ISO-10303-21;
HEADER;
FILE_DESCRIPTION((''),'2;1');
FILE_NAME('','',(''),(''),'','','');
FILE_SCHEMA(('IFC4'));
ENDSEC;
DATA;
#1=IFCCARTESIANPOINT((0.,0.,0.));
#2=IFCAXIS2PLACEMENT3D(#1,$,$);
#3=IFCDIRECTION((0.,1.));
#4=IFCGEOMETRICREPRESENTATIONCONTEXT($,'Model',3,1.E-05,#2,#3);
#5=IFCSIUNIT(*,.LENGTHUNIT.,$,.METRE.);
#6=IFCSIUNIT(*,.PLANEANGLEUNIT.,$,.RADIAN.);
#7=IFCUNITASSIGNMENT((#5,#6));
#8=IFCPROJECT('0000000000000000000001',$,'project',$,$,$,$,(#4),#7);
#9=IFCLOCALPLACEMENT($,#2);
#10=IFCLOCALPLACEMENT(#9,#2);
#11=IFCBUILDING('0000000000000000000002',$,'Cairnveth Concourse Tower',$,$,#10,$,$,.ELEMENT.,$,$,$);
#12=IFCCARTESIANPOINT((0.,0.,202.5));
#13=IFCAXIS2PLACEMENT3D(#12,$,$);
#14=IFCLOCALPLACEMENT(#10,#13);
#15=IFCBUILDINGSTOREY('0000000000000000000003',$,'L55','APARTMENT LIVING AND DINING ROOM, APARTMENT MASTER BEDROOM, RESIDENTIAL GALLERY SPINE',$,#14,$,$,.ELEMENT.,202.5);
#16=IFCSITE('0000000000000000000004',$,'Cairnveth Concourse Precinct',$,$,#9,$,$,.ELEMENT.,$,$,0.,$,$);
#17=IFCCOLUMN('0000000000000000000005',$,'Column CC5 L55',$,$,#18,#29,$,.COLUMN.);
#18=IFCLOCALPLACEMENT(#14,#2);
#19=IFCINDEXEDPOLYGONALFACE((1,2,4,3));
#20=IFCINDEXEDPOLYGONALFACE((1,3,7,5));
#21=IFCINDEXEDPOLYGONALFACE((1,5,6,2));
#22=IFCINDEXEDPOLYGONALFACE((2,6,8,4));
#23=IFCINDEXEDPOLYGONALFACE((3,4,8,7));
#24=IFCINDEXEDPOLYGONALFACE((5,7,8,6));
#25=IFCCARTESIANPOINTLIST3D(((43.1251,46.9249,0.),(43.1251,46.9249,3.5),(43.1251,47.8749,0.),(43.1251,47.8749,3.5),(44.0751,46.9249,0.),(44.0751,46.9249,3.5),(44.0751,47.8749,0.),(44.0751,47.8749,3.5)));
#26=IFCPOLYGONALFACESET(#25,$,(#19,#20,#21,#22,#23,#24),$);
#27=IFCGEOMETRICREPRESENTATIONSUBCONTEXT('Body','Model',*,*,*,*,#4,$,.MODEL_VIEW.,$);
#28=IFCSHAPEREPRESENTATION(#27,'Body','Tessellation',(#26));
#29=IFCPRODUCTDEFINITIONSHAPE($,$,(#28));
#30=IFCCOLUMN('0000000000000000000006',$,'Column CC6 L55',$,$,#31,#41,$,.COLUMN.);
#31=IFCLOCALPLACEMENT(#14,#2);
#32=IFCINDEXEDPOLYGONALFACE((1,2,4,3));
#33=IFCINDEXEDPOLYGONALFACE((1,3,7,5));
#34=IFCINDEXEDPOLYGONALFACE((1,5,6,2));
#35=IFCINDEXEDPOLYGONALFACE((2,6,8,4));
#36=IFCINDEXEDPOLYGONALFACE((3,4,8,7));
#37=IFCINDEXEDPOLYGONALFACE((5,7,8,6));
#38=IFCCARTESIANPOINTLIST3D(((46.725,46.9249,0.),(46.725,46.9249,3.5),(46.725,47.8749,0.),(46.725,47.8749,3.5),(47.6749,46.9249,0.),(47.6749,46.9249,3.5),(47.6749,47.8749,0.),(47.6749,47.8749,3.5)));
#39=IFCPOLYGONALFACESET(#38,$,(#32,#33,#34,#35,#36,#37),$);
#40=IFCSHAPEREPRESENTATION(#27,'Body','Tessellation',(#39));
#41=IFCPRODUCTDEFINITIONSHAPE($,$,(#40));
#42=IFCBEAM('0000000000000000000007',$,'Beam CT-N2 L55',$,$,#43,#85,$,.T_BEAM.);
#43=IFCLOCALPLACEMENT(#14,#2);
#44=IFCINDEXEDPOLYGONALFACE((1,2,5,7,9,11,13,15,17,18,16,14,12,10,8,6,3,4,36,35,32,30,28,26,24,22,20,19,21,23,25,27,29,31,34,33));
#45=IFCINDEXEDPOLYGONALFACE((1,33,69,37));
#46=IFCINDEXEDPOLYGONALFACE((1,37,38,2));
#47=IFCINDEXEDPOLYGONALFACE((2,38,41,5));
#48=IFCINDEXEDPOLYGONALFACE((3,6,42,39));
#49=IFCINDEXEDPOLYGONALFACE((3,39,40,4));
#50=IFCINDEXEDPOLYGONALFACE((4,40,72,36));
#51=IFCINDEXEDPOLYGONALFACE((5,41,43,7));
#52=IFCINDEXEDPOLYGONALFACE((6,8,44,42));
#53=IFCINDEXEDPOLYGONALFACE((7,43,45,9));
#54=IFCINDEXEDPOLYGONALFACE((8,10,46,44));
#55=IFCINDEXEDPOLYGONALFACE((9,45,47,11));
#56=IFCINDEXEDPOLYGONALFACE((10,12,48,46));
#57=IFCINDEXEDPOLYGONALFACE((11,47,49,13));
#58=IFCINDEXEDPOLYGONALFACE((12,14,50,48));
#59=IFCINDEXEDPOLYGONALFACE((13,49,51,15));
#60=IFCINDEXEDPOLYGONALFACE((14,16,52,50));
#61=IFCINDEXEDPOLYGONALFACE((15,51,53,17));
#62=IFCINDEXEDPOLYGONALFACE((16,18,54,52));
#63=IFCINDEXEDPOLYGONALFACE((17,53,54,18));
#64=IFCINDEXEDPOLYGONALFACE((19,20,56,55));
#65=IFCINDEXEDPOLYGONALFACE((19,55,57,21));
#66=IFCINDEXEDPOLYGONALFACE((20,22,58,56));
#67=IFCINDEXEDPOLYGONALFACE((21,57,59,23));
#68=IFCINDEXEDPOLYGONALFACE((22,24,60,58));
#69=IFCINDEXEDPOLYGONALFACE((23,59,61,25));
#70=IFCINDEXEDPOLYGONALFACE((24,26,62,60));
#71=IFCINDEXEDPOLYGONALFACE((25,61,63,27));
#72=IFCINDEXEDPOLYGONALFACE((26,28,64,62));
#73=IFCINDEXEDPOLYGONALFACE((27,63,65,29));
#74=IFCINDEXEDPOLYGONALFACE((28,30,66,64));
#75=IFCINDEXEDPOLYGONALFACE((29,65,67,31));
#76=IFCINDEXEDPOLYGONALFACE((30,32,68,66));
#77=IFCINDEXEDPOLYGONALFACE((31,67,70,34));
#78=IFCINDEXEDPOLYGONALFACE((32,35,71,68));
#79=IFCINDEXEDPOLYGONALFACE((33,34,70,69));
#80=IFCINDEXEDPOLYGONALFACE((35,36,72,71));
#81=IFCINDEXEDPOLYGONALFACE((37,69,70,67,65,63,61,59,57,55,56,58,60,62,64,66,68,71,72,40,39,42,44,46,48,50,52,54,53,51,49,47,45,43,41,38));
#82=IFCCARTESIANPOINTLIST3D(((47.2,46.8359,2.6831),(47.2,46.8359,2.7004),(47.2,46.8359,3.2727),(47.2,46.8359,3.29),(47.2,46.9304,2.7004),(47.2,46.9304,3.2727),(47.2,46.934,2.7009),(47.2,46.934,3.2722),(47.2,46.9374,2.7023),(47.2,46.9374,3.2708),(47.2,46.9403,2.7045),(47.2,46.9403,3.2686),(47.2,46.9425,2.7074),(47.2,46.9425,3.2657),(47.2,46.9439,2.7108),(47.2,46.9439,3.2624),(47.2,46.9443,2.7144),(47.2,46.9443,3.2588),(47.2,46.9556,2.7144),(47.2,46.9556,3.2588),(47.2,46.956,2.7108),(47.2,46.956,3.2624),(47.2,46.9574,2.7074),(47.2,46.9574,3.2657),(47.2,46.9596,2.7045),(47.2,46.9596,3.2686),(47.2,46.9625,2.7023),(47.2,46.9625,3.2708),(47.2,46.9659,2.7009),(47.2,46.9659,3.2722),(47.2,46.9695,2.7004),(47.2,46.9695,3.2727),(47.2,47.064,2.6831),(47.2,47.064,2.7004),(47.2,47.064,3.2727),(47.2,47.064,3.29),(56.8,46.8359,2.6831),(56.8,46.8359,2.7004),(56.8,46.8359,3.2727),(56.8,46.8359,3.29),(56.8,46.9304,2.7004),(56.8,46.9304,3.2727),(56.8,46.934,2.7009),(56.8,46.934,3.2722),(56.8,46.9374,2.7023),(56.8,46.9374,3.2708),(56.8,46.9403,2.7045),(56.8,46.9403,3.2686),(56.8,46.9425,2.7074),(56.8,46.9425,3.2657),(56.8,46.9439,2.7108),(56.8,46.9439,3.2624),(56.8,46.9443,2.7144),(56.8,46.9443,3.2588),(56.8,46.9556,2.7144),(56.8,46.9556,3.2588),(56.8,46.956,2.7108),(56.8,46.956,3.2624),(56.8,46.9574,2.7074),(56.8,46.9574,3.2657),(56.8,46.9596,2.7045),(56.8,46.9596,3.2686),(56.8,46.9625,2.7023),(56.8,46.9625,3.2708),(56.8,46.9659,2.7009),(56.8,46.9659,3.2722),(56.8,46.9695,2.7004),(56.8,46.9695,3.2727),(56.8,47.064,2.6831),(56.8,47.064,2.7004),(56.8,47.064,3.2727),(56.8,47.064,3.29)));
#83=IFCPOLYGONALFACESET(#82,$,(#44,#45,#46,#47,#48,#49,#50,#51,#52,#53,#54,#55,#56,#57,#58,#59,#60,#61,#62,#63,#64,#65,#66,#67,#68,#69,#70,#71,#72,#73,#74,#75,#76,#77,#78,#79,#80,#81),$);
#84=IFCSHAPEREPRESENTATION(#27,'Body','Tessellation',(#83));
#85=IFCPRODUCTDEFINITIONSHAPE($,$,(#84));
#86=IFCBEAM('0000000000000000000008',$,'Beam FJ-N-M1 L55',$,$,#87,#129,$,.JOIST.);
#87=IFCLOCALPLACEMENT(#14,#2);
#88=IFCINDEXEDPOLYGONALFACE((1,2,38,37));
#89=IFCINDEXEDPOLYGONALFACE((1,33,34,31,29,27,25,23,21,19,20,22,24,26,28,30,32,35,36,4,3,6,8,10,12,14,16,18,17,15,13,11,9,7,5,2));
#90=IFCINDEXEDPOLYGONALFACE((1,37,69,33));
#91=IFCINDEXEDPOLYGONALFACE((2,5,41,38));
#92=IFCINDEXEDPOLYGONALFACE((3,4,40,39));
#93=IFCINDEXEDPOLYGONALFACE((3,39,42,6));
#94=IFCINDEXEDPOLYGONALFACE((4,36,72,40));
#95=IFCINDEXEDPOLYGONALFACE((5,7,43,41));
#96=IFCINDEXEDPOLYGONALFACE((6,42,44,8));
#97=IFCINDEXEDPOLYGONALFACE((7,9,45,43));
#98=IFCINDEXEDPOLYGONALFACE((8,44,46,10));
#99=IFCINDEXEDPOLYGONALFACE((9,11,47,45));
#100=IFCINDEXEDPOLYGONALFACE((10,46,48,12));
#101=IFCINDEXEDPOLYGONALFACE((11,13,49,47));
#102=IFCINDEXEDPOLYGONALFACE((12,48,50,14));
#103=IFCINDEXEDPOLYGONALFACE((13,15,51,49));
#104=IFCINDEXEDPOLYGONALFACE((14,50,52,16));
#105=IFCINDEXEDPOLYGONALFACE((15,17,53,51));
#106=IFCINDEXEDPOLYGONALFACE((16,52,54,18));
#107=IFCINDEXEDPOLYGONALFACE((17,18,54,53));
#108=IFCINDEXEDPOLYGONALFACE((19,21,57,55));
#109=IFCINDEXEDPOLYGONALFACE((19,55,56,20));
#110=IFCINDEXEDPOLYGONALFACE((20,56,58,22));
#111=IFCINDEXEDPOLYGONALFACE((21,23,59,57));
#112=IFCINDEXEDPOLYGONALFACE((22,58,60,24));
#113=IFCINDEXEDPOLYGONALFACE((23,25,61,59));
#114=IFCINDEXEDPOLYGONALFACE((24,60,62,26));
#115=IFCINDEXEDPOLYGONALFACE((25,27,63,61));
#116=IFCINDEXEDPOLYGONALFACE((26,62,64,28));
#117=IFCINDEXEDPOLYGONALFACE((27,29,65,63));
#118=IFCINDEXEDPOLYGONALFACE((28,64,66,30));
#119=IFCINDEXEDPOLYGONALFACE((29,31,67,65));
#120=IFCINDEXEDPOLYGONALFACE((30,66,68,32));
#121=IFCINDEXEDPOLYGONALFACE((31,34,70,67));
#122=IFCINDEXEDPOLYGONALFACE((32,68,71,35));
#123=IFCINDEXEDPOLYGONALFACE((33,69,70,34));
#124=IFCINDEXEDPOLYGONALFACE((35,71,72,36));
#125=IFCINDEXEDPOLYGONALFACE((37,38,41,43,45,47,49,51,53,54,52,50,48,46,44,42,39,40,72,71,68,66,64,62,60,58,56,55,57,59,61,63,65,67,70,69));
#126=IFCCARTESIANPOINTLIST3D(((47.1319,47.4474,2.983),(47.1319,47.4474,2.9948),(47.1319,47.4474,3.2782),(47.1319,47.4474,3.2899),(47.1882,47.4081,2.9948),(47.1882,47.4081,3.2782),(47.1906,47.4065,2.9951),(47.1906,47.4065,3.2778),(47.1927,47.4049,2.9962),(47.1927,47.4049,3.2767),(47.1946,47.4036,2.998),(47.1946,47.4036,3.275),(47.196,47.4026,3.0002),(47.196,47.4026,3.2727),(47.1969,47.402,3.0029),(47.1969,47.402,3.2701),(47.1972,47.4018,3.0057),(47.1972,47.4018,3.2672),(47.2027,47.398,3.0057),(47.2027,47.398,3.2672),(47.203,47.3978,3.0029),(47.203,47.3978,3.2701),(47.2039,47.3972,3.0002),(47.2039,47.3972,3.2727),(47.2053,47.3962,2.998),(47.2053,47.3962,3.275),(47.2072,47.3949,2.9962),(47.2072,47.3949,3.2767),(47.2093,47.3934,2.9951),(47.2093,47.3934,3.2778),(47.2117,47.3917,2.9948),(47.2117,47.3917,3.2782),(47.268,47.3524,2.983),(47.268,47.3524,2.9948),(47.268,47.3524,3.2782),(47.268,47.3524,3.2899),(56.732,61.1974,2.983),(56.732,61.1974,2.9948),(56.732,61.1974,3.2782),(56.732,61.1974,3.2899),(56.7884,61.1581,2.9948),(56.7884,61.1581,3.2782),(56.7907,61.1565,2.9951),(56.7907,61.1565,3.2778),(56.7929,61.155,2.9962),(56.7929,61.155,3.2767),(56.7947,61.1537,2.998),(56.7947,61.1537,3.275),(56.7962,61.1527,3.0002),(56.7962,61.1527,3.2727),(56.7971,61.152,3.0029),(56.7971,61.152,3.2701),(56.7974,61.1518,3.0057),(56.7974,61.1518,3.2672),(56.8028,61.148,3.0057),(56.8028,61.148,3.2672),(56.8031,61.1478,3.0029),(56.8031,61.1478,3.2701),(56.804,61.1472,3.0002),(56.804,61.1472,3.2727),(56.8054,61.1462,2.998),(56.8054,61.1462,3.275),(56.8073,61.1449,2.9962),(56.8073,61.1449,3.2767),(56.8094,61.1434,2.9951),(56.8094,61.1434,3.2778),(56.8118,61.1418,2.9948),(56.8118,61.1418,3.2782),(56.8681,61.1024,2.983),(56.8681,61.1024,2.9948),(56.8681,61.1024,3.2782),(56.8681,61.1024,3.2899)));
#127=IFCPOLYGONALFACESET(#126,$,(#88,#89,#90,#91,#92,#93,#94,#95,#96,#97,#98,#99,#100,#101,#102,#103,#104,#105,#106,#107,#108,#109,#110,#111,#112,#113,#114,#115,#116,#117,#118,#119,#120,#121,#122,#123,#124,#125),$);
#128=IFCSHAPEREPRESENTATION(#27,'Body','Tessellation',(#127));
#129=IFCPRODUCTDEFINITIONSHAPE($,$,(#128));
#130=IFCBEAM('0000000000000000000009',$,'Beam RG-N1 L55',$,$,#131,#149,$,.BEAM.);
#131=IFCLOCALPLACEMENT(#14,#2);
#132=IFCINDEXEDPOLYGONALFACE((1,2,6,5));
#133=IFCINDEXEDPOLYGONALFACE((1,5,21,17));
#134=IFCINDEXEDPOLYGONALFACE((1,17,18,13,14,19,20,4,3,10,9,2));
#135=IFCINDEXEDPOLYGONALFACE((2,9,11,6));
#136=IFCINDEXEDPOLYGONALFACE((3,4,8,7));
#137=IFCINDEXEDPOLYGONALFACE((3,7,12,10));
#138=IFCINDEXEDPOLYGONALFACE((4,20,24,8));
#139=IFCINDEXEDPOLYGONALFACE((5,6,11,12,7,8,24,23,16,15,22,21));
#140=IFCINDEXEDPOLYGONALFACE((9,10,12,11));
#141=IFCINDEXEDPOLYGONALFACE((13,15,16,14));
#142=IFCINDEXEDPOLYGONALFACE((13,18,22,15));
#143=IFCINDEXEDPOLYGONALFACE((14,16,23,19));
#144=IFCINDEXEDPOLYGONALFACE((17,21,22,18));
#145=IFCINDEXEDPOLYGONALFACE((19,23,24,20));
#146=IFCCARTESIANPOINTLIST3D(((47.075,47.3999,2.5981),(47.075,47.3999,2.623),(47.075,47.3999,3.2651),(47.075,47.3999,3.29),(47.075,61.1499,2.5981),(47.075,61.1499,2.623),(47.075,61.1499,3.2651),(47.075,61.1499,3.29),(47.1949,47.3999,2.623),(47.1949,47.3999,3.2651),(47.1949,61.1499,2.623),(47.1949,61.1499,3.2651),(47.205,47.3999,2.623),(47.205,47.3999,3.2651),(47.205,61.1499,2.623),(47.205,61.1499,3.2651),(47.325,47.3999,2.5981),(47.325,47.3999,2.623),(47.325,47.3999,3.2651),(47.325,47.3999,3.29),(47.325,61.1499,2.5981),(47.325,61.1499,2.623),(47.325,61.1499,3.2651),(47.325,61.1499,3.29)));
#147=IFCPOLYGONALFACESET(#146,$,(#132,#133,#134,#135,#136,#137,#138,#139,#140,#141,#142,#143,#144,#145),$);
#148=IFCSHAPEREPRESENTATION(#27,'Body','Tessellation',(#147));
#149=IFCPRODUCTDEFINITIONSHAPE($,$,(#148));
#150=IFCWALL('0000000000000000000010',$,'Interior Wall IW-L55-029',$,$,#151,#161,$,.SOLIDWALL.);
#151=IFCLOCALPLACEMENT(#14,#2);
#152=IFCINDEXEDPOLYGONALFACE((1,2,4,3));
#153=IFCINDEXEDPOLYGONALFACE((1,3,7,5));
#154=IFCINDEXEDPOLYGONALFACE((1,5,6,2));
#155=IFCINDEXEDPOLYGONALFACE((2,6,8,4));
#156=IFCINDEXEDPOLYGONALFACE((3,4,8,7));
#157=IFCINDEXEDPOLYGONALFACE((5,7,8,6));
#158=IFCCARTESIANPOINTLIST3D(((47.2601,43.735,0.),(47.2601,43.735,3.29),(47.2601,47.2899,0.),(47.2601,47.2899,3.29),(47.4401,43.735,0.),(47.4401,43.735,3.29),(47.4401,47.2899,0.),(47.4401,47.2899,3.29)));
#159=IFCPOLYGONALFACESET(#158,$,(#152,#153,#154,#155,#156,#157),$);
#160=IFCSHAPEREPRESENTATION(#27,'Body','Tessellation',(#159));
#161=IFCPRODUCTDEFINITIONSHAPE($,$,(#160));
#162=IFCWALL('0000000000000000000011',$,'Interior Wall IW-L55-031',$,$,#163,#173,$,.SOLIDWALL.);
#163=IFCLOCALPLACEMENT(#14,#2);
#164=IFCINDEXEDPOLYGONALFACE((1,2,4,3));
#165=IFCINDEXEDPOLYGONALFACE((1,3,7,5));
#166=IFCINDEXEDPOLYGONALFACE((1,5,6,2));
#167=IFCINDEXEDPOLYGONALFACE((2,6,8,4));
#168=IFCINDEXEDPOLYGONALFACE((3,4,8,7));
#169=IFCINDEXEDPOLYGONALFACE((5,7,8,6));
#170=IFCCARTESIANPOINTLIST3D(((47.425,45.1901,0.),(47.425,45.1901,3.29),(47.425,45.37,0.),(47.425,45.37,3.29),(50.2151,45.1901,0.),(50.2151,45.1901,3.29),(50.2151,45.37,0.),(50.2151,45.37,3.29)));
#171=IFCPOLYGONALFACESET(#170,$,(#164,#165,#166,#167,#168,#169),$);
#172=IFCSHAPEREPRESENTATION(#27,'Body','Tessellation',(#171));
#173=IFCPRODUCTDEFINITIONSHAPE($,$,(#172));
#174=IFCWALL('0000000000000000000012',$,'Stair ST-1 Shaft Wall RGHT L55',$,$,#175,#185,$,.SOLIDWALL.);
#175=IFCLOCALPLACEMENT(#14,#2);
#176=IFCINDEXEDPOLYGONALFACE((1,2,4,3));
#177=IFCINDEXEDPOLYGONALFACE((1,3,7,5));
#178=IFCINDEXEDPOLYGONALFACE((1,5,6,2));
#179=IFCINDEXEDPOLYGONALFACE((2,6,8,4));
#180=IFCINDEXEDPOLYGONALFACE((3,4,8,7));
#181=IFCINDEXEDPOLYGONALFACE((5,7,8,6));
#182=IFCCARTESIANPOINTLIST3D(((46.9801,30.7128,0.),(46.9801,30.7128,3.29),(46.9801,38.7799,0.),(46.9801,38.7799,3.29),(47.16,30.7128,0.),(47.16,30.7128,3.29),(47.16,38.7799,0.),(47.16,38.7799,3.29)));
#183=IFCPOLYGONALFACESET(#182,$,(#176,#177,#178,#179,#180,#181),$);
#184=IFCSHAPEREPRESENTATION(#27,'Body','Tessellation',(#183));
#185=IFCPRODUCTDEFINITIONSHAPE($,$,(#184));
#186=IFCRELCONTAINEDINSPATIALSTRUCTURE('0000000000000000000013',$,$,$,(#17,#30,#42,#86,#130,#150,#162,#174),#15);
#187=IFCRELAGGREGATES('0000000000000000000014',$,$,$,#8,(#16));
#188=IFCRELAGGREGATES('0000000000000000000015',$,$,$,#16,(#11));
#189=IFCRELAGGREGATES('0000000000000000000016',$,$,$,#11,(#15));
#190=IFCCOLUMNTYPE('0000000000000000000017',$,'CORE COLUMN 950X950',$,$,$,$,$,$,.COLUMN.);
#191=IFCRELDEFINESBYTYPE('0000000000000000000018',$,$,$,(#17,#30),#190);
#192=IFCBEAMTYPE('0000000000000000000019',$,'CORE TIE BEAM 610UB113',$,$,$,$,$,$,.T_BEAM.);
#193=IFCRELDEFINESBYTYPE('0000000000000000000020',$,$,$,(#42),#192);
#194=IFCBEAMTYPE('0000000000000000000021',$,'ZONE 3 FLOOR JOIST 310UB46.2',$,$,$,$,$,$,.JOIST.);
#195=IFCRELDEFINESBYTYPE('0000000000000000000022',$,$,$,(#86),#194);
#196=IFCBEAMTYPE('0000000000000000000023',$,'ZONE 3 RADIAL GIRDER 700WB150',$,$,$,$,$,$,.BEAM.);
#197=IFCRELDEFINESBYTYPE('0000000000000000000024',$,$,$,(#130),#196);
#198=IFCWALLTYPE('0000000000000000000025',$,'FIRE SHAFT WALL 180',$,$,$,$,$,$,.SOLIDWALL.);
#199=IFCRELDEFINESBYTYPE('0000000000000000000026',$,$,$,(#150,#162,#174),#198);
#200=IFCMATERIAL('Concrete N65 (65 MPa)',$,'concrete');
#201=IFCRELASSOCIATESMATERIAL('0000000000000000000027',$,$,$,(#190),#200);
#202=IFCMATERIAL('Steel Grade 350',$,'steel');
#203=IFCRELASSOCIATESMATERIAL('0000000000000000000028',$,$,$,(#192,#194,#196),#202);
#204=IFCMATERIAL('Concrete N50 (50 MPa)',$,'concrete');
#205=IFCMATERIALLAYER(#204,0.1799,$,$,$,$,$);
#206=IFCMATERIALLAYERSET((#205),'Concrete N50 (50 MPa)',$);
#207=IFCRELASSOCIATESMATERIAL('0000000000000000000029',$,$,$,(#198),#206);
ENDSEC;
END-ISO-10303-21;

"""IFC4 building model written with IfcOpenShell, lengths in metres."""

from ifc_helpers import new_model, si_unit, direction, frame, frame_2d, origin, origin_2d, place, context, subcontext, project, spatial, rectangle, i_section, extrude, material, layer, layer_set, material_profile, profile_set, type_object, element, save


model = new_model("IFC4")

# Units and contexts
model_context = context("Model", 3, precision=1e-05, world=origin(), true_north=direction((0.0, 1.0)))
body_context = subcontext(model_context, "Body", "Model", "MODEL_VIEW")
ifc_project = project(units=[si_unit("LENGTHUNIT", "METRE"), si_unit("PLANEANGLEUNIT", "RADIAN")], contexts=[model_context])

# Site, building, storey
site_placement = place(None, origin())
site = spatial("IfcSite", under=ifc_project, at=site_placement, Name="Cairnveth Concourse Precinct", CompositionType="ELEMENT", RefElevation=0.0)
building_placement = place(site_placement, origin())
building = spatial("IfcBuilding", under=site, at=building_placement, Name="Cairnveth Concourse Tower", CompositionType="ELEMENT")
storey_placement = place(building_placement, frame((0.0, 0.0, 202.5)))
storey = spatial("IfcBuildingStorey", under=building, at=storey_placement, Name="L55", Description="APARTMENT LIVING AND DINING ROOM, APARTMENT MASTER BEDROOM, RESIDENTIAL GALLERY SPINE", CompositionType="ELEMENT", Elevation=202.5)

# Columns
ifc_material_1 = material(Name="Concrete N65 (65 MPa)", Category="concrete")
ifc_material_profile_1 = material_profile(ifc_material_1, rectangle(XDim=0.95, YDim=0.95, at=origin_2d()), Name="RC-COL-950x950")
ifc_profile_set_1 = profile_set([ifc_material_profile_1], Name="Concrete N65 (65 MPa)")
column_type = type_object("IfcColumnType", Name="CORE COLUMN 950X950", PredefinedType="COLUMN", material=ifc_profile_set_1)
for number, where, z_axis, x_axis, name in (
    (1, (43.6001, 47.3999, 0.0), (0.0, 0.0, 1.0), (1.0, 0.0, 0.0), "Column CC5 L55"),
    (2, (47.2, 47.3999, 0.0), (0.0, 0.0, 1.0), (1.0, 0.0, 0.0), "Column CC6 L55"),
):
    element("IfcColumn", number, at=place(storey_placement, frame(where, z_axis=z_axis, x_axis=x_axis)), inside=storey, type_object=column_type, Name=name, PredefinedType="COLUMN", context=body_context, shape_type="SweptSolid", body=[
        extrude(rectangle(XDim=0.95, YDim=0.95, at=origin_2d()), origin(), (0.0, 0.0, 1.0), 3.5),
    ])

# Beams
ifc_material_2 = material(Name="Steel Grade 350", Category="steel")
ifc_material_profile_2 = material_profile(ifc_material_2, i_section(OverallWidth=0.228, OverallDepth=0.6069, WebThickness=0.0112, FlangeThickness=0.0173, FilletRadius=0.0139, at=origin_2d()), Name="610UB113")
ifc_profile_set_2 = profile_set([ifc_material_profile_2], Name="Steel Grade 350")
beam_type_1 = type_object("IfcBeamType", Name="CORE TIE BEAM 610UB113", PredefinedType="T_BEAM", material=ifc_profile_set_2)
beam_1_placement = place(storey_placement, frame((47.2, 46.95, 2.9866), z_axis=(1.0, 0.0, 0.0), x_axis=(0.0, 1.0, 0.0)))
element("IfcBeam", 3, at=beam_1_placement, inside=storey, type_object=beam_type_1, Name="Beam CT-N2 L55", PredefinedType="T_BEAM", context=body_context, shape_type="SweptSolid", body=[
    extrude(i_section(OverallWidth=0.228, OverallDepth=0.6069, WebThickness=0.0112, FlangeThickness=0.0173, FilletRadius=0.0139, at=origin_2d()), origin(), (0.0, 0.0, 1.0), 9.6001),
])
ifc_material_profile_3 = material_profile(ifc_material_2, i_section(OverallWidth=0.166, OverallDepth=0.3069, WebThickness=0.0066, FlangeThickness=0.0117, FilletRadius=0.011, at=origin_2d()), Name="310UB46.2")
ifc_profile_set_3 = profile_set([ifc_material_profile_3], Name="Steel Grade 350")
beam_type_2 = type_object("IfcBeamType", Name="ZONE 3 FLOOR JOIST 310UB46.2", PredefinedType="JOIST", material=ifc_profile_set_3)
beam_2_placement = place(storey_placement, frame((47.2, 47.3999, 3.1365), z_axis=(0.572465, 0.819929, 0.0), x_axis=(-0.819929, 0.572465, 0.0)))
element("IfcBeam", 4, at=beam_2_placement, inside=storey, type_object=beam_type_2, Name="Beam FJ-N-M1 L55", PredefinedType="JOIST", context=body_context, shape_type="SweptSolid", body=[
    extrude(i_section(OverallWidth=0.166, OverallDepth=0.3069, WebThickness=0.0066, FlangeThickness=0.0117, FilletRadius=0.011, at=origin_2d()), origin(), (0.0, 0.0, 1.0), 16.7698),
])
ifc_material_profile_4 = material_profile(ifc_material_2, i_section(OverallWidth=0.25, OverallDepth=0.6919, WebThickness=0.01, FlangeThickness=0.0249, at=origin_2d()), Name="700WB150")
ifc_profile_set_4 = profile_set([ifc_material_profile_4], Name="Steel Grade 350")
beam_type_3 = type_object("IfcBeamType", Name="ZONE 3 RADIAL GIRDER 700WB150", PredefinedType="BEAM", material=ifc_profile_set_4)
beam_3_placement = place(storey_placement, frame((47.2, 47.3999, 2.9441), z_axis=(0.0, 1.0, 0.0), x_axis=(-1.0, 0.0, 0.0)))
element("IfcBeam", 5, at=beam_3_placement, inside=storey, type_object=beam_type_3, Name="Beam RG-N1 L55", PredefinedType="BEAM", context=body_context, shape_type="SweptSolid", body=[
    extrude(i_section(OverallWidth=0.25, OverallDepth=0.6919, WebThickness=0.01, FlangeThickness=0.0249, at=origin_2d()), origin(), (0.0, 0.0, 1.0), 13.75),
])

# Walls
ifc_material_3 = material(Name="Concrete N50 (50 MPa)", Category="concrete")
ifc_layer_1 = layer(ifc_material_3, 0.1799)
ifc_layer_set_1 = layer_set([ifc_layer_1], Name="Concrete N50 (50 MPa)")
wall_type_1 = type_object("IfcWallType", Name="FIRE SHAFT WALL 180", PredefinedType="SOLIDWALL", material=ifc_layer_set_1)
wall_1_placement = place(storey_placement, frame((47.3501, 43.7351, 0.0), z_axis=(0.0, 0.0, 1.0), x_axis=(0.0, 1.0, 0.0)))
element("IfcWall", 6, at=wall_1_placement, inside=storey, type_object=wall_type_1, Name="Interior Wall IW-L55-029", PredefinedType="SOLIDWALL", context=body_context, shape_type="SweptSolid", body=[
    extrude(rectangle(XDim=3.5549, YDim=0.1799, at=frame_2d((1.7773, 0.0))), origin(), (0.0, 0.0, 1.0), 3.29),
])
wall_2_placement = place(storey_placement, frame((47.425, 45.28, 0.0), z_axis=(0.0, 0.0, 1.0), x_axis=(1.0, 0.0, 0.0)))
element("IfcWall", 7, at=wall_2_placement, inside=storey, type_object=wall_type_1, Name="Interior Wall IW-L55-031", PredefinedType="SOLIDWALL", context=body_context, shape_type="SweptSolid", body=[
    extrude(rectangle(XDim=2.79, YDim=0.1799, at=frame_2d((1.395, 0.0))), origin(), (0.0, 0.0, 1.0), 3.29),
])

# Wall
wall_3_placement = place(storey_placement, frame((47.0701, 38.78, 0.0), z_axis=(0.0, 0.0, 1.0), x_axis=(0.0, -1.0, 0.0)))
element("IfcWall", 8, at=wall_3_placement, inside=storey, type_object=wall_type_1, Name="Stair ST-1 Shaft Wall RGHT L55", PredefinedType="SOLIDWALL", context=body_context, shape_type="SweptSolid", body=[
    extrude(rectangle(XDim=8.0671, YDim=0.1799, at=frame_2d((4.0337, 0.0))), origin(), (0.0, 0.0, 1.0), 3.29),
])

save(model, "model.ifc")
